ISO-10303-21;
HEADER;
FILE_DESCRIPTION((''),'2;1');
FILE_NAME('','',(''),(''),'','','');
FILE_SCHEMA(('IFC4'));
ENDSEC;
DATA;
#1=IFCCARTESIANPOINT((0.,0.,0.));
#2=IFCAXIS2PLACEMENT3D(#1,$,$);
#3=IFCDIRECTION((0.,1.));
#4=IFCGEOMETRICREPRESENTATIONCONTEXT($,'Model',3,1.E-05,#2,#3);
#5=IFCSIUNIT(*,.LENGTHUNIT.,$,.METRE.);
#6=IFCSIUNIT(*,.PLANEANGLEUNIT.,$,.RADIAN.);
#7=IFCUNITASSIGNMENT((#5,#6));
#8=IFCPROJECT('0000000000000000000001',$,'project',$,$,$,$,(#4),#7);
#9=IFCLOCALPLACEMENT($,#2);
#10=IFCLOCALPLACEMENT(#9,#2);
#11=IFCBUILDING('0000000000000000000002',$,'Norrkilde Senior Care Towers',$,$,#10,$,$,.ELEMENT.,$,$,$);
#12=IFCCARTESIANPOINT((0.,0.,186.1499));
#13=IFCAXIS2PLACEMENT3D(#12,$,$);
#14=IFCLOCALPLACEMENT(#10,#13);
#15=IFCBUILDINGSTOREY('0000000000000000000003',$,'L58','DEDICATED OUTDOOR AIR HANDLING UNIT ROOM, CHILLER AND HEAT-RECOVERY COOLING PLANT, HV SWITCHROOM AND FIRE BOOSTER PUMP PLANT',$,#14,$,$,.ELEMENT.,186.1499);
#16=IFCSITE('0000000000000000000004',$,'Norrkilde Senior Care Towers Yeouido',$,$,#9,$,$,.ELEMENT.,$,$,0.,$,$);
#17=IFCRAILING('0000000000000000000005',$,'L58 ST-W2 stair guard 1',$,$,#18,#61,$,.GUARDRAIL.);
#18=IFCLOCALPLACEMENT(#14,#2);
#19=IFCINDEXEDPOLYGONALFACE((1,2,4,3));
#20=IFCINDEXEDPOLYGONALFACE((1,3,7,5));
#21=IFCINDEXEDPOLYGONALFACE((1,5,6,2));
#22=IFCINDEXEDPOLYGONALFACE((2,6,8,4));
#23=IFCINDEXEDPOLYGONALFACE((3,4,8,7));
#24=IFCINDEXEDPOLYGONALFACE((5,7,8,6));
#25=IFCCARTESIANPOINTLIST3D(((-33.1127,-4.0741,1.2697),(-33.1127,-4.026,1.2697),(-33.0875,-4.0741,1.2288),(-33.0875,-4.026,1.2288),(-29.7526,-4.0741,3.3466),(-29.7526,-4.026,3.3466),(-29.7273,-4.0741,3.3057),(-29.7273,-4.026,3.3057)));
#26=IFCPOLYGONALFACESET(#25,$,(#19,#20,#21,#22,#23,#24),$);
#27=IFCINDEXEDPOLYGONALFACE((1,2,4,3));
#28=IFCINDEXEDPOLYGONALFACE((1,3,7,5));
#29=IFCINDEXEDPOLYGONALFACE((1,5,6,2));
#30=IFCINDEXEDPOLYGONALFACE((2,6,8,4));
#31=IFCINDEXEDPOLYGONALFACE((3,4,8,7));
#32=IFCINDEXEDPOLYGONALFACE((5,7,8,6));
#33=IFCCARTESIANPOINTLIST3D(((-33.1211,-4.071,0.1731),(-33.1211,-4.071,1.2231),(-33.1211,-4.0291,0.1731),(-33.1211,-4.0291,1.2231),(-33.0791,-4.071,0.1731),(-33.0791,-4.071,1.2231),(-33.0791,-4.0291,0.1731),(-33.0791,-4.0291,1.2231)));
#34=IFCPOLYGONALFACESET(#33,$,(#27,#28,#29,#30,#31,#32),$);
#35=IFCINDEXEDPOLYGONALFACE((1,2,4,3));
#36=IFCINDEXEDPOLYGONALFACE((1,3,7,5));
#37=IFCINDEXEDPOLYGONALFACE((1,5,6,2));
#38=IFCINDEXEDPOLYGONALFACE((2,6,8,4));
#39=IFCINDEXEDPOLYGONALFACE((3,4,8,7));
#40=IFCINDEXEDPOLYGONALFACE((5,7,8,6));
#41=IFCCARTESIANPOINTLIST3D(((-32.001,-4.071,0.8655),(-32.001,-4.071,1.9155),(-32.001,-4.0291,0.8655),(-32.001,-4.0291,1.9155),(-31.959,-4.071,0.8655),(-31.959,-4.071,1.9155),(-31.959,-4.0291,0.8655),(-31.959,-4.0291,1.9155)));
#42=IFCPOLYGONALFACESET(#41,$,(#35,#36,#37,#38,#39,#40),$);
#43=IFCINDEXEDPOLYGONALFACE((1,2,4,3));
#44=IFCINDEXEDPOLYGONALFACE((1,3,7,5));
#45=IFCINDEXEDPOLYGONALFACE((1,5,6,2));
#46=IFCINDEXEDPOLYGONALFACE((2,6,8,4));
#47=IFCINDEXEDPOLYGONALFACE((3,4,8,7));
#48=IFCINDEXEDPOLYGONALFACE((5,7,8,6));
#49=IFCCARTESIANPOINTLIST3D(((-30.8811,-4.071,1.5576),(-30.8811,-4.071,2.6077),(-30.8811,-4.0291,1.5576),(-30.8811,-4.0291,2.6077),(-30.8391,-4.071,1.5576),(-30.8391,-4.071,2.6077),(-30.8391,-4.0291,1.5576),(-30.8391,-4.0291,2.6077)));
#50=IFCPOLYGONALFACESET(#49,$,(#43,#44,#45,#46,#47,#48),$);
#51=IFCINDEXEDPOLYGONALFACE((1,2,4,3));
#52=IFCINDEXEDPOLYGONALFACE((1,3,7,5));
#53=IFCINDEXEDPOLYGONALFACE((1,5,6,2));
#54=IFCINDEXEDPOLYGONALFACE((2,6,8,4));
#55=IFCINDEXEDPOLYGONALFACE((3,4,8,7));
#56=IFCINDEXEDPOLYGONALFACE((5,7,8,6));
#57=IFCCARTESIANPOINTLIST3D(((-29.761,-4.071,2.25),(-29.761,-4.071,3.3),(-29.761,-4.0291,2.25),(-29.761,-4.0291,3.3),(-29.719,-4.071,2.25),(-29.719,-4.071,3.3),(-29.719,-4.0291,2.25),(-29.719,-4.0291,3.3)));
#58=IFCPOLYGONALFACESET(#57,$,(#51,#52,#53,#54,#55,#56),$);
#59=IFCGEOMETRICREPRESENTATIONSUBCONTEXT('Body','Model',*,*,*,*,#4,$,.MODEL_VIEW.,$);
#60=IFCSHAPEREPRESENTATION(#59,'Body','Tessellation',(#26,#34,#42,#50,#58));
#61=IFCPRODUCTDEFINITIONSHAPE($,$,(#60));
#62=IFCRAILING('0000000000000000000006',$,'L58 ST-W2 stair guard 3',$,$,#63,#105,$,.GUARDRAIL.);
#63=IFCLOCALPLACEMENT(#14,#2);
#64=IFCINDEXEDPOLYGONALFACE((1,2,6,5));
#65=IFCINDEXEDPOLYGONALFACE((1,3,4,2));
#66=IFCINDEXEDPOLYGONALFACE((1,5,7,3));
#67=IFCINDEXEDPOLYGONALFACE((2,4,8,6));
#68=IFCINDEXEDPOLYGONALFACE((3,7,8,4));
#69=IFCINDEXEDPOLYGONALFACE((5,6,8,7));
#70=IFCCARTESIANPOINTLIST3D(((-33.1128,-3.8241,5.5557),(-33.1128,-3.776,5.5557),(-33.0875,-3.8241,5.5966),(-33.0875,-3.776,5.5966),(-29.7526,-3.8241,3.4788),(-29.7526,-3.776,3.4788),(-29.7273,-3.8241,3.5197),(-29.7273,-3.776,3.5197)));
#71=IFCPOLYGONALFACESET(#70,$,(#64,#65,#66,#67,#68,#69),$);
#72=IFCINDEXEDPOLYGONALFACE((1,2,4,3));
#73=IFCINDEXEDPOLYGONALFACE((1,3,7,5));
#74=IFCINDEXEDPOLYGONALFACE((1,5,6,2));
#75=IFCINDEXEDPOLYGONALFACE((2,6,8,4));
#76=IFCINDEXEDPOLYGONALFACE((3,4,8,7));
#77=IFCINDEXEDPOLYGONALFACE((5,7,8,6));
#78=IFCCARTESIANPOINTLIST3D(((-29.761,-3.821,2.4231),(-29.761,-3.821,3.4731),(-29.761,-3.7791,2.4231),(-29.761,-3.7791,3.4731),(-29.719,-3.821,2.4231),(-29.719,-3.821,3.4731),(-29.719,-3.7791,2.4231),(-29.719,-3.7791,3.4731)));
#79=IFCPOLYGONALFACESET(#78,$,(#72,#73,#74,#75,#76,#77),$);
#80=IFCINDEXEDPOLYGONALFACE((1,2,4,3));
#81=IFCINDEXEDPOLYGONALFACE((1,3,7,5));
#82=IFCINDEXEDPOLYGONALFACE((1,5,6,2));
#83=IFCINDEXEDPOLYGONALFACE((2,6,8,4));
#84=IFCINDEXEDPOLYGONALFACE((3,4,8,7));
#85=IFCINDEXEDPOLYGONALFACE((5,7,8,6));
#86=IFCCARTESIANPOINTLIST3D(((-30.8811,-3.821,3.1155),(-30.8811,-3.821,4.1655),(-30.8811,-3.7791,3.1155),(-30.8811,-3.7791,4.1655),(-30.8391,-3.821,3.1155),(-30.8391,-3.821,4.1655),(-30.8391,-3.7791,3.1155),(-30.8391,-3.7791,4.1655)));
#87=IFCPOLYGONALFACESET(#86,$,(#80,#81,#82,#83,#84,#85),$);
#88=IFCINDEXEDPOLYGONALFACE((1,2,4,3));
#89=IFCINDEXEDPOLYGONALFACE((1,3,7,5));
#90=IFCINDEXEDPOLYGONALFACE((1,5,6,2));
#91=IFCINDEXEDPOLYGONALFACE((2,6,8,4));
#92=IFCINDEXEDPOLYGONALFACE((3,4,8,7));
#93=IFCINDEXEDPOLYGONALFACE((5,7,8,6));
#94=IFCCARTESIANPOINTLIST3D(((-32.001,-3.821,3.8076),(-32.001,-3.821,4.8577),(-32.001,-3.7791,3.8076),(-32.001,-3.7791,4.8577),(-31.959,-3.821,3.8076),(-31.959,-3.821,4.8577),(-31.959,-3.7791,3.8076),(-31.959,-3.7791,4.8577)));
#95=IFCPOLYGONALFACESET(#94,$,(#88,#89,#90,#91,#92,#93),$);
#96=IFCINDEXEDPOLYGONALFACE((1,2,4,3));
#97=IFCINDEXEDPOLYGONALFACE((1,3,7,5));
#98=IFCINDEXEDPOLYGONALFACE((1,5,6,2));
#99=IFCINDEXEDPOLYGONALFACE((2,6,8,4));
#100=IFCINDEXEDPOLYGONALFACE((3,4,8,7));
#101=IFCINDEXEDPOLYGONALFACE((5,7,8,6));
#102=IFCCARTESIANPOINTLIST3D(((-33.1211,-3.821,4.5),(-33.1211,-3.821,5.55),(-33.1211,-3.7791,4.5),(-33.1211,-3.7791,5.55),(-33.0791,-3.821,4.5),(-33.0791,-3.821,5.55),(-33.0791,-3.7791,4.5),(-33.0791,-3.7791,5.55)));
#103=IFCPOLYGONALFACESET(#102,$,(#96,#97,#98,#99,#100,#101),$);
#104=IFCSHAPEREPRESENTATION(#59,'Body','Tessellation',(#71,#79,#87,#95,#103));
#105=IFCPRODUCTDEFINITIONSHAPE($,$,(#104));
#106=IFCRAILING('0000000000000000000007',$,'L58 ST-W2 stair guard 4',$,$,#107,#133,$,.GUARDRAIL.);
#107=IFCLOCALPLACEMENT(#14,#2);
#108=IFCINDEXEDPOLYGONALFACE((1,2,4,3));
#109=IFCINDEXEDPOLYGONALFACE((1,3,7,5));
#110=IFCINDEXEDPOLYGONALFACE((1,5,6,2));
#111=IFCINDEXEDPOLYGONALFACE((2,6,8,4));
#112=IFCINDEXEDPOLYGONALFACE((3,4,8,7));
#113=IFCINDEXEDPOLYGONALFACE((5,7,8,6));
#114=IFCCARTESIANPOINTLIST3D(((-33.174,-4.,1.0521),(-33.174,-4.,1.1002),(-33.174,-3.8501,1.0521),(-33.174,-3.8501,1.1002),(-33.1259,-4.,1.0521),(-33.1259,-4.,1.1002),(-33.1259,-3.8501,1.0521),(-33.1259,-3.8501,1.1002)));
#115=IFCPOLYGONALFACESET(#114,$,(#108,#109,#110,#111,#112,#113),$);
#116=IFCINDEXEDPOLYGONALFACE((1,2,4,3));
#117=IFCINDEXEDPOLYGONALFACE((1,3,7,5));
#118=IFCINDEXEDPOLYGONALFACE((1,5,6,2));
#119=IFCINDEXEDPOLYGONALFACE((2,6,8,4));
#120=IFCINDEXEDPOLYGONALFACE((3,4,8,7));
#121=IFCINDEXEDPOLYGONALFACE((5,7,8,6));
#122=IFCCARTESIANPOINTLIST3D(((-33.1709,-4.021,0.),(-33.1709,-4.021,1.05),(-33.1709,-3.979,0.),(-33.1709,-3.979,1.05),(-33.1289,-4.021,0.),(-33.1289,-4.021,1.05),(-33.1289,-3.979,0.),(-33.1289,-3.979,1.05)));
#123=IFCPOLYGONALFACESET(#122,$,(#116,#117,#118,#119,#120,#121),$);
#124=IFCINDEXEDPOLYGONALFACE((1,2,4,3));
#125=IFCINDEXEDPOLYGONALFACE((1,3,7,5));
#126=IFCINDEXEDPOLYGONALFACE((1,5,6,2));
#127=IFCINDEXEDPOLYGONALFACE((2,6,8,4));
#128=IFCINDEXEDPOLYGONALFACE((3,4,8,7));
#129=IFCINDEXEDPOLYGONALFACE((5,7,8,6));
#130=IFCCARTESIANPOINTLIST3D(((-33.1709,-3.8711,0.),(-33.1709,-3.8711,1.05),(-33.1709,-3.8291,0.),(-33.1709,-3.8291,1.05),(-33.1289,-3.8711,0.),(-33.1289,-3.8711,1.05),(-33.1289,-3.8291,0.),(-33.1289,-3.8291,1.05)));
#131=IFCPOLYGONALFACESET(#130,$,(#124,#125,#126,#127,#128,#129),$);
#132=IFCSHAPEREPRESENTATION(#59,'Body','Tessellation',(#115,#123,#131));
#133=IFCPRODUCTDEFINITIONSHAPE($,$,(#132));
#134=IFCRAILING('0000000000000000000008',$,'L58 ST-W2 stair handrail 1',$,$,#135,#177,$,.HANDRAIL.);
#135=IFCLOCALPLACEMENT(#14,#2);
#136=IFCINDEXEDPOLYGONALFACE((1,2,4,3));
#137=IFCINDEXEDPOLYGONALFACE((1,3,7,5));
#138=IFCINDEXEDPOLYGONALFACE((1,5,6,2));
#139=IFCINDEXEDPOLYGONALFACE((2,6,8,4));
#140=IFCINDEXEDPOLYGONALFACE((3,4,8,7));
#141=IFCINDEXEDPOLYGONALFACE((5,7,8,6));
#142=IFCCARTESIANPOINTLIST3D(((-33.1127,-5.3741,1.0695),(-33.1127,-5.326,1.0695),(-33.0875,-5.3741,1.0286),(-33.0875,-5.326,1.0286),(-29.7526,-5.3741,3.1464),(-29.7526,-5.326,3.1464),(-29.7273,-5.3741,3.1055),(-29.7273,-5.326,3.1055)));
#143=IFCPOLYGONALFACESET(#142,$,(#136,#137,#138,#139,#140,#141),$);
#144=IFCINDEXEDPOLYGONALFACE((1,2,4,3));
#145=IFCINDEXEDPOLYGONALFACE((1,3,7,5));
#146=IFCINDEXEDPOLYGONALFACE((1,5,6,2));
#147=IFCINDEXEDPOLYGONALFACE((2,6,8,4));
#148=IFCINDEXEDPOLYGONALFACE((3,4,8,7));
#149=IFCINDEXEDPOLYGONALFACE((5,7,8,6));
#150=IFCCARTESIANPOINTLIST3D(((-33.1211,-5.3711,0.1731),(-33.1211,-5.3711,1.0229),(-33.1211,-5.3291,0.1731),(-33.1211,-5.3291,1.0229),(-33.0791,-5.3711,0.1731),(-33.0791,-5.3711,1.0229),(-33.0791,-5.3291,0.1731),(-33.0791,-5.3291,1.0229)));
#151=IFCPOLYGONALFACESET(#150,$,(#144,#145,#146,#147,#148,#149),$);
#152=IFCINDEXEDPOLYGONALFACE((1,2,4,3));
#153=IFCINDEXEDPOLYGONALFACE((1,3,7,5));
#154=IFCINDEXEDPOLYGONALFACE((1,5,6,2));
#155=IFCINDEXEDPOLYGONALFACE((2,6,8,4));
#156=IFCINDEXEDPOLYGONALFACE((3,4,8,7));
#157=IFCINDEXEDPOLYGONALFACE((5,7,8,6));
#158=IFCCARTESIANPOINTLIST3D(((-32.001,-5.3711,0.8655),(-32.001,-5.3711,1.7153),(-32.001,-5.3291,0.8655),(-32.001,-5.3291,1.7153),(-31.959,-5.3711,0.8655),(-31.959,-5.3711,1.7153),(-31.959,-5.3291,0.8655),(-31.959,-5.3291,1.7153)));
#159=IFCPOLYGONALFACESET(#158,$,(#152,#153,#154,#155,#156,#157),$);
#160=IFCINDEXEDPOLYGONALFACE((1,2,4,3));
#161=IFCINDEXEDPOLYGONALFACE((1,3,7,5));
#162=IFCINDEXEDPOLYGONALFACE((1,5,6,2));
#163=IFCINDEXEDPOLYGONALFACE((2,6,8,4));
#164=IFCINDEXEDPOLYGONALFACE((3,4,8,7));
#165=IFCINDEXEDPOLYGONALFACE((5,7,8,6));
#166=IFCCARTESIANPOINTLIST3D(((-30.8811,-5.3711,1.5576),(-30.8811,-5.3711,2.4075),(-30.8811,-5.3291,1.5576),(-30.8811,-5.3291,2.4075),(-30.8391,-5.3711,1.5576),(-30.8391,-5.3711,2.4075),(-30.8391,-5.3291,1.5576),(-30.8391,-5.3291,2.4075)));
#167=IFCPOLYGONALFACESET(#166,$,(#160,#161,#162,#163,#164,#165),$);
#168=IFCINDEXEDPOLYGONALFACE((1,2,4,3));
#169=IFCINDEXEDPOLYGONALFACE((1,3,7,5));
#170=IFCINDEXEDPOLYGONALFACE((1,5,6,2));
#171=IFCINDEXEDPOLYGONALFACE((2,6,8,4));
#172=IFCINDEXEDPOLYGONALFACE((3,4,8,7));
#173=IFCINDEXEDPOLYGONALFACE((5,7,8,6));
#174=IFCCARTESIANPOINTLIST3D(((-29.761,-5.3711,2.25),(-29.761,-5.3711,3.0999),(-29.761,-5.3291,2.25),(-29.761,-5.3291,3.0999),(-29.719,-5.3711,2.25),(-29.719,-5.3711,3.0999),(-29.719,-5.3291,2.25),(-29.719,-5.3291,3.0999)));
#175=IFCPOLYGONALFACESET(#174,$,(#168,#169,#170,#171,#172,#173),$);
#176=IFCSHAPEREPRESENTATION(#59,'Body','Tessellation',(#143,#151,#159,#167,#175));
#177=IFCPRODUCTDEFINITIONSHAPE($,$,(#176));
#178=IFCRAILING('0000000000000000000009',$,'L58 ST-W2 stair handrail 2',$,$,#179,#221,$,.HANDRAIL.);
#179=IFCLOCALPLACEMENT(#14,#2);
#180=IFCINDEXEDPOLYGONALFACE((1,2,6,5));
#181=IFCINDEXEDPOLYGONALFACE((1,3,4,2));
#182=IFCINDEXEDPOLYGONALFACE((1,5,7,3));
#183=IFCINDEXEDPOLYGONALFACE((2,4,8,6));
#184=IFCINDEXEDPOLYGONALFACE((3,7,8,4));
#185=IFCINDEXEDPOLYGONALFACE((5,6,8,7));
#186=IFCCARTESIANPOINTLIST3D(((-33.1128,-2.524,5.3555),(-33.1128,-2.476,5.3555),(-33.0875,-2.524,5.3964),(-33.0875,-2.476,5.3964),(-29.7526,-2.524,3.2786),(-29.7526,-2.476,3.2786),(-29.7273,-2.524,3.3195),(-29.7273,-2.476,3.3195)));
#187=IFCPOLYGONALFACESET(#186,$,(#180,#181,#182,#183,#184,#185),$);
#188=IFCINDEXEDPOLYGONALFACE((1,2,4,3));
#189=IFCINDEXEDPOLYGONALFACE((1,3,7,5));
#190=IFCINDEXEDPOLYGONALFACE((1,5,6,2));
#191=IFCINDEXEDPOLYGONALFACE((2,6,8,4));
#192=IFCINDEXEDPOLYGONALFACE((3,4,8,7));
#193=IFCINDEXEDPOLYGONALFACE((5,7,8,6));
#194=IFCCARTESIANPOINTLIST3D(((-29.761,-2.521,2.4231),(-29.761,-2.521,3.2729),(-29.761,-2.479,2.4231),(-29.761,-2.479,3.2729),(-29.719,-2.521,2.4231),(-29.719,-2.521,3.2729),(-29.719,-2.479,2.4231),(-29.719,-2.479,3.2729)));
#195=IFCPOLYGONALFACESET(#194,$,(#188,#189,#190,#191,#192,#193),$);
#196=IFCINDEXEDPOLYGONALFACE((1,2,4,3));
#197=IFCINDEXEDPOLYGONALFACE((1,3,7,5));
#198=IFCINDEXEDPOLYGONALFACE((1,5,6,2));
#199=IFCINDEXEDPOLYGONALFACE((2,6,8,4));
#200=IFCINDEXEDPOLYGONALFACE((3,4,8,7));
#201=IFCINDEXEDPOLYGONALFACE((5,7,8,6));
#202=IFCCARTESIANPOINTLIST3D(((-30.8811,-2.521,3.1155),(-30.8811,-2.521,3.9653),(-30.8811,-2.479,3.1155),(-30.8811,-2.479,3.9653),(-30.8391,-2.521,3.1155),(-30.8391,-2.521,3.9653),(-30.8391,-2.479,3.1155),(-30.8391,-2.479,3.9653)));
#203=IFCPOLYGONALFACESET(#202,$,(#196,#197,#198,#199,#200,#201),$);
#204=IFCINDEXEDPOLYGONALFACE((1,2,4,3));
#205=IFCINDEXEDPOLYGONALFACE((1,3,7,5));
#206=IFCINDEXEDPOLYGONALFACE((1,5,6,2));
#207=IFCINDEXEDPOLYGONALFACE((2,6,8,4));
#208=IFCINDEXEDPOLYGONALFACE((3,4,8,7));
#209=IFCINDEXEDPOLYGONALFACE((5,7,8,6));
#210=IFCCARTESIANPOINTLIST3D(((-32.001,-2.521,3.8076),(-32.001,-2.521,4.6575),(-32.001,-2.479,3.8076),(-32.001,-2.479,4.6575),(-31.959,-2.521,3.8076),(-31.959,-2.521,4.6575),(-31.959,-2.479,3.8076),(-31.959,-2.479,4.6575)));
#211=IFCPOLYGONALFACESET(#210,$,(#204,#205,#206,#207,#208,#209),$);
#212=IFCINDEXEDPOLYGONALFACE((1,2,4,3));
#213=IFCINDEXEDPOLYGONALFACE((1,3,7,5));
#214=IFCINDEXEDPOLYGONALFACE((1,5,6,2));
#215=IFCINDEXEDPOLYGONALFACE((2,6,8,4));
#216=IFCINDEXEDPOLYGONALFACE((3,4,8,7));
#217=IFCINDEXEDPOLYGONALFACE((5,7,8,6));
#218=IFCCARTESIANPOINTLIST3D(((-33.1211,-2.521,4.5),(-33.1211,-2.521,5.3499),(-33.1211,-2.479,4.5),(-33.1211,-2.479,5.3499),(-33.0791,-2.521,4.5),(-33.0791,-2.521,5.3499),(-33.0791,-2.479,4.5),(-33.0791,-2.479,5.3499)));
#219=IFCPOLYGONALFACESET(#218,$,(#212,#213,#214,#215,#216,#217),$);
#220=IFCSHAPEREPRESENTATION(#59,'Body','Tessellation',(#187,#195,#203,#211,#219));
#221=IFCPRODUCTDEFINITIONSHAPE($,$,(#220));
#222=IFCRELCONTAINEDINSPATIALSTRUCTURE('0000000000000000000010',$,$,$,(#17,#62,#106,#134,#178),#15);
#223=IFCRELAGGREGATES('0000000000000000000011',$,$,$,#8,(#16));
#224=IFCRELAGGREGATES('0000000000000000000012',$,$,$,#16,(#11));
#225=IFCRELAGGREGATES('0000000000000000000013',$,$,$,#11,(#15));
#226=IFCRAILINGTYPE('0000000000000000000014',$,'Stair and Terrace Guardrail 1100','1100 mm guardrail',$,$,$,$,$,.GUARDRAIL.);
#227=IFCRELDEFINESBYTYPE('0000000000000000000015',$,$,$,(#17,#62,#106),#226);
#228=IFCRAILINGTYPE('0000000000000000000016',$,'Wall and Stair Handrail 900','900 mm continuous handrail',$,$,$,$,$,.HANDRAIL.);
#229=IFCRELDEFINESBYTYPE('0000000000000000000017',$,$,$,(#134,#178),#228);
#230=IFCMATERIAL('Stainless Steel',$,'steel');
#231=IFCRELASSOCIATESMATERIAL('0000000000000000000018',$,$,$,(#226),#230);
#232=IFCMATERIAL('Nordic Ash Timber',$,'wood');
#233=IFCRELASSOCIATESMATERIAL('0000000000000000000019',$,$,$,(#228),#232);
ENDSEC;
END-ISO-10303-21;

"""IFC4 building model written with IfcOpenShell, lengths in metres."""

from ifc_helpers import new_model, si_unit, direction, frame, origin, origin_2d, place, context, subcontext, project, spatial, rectangle, extrude, material, type_object, element, save


model = new_model("IFC4")

# Units and contexts
model_context = context("Model", 3, precision=1e-05, world=origin(), true_north=direction((0.0, 1.0)))
body_context = subcontext(model_context, "Body", "Model", "MODEL_VIEW")
ifc_project = project(units=[si_unit("LENGTHUNIT", "METRE"), si_unit("PLANEANGLEUNIT", "RADIAN")], contexts=[model_context])

# Site, building, storey
site_placement = place(None, origin())
site = spatial("IfcSite", under=ifc_project, at=site_placement, Name="Norrkilde Senior Care Towers Yeouido", CompositionType="ELEMENT", RefElevation=0.0)
building_placement = place(site_placement, origin())
building = spatial("IfcBuilding", under=site, at=building_placement, Name="Norrkilde Senior Care Towers", CompositionType="ELEMENT")
storey_placement = place(building_placement, frame((0.0, 0.0, 186.1499)))
storey = spatial("IfcBuildingStorey", under=building, at=storey_placement, Name="L58", Description="DEDICATED OUTDOOR AIR HANDLING UNIT ROOM, CHILLER AND HEAT-RECOVERY COOLING PLANT, HV SWITCHROOM AND FIRE BOOSTER PUMP PLANT", CompositionType="ELEMENT", Elevation=186.1499)

# Railings
ifc_material_1 = material(Name="Stainless Steel", Category="steel")
railing_type_1 = type_object("IfcRailingType", Name="Stair and Terrace Guardrail 1100", Description="1100 mm guardrail", PredefinedType="GUARDRAIL", material=ifc_material_1)
railing_1_placement = place(storey_placement, frame((-33.1001, -4.05, 0.1731)))
element("IfcRailing", 1, at=railing_1_placement, inside=storey, type_object=railing_type_1, Name="L58 ST-W2 stair guard 1", PredefinedType="GUARDRAIL", context=body_context, shape_type="SweptSolid", body=[
    extrude(rectangle(XDim=0.0481, YDim=0.0481, at=origin_2d()), frame((0.0, 0.0, 1.0762), z_axis=(0.850623, 0.0, 0.525776), x_axis=(0.0, 1.0, 0.0)), (0.0, 0.0, 1.0), 3.9502),
    extrude(rectangle(XDim=0.042, YDim=0.042, at=origin_2d()), origin(), (0.0, 0.0, 1.0), 1.05),
    extrude(rectangle(XDim=0.042, YDim=0.042, at=origin_2d()), frame((1.1201, 0.0, 0.6924)), (0.0, 0.0, 1.0), 1.05),
    extrude(rectangle(XDim=0.042, YDim=0.042, at=origin_2d()), frame((2.24, 0.0, 1.3845)), (0.0, 0.0, 1.0), 1.05),
    extrude(rectangle(XDim=0.042, YDim=0.042, at=origin_2d()), frame((3.3601, 0.0, 2.0769)), (0.0, 0.0, 1.0), 1.05),
])
railing_2_placement = place(storey_placement, frame((-29.74, -3.8, 2.4231)))
element("IfcRailing", 2, at=railing_2_placement, inside=storey, type_object=railing_type_1, Name="L58 ST-W2 stair guard 3", PredefinedType="GUARDRAIL", context=body_context, shape_type="SweptSolid", body=[
    extrude(rectangle(XDim=0.0481, YDim=0.0481, at=origin_2d()), frame((0.0, 0.0, 1.0762), z_axis=(-0.850623, 0.0, 0.525776), x_axis=(0.0, -1.0, 0.0)), (0.0, 0.0, 1.0), 3.9502),
    extrude(rectangle(XDim=0.042, YDim=0.042, at=origin_2d()), origin(), (0.0, 0.0, 1.0), 1.05),
    extrude(rectangle(XDim=0.042, YDim=0.042, at=origin_2d()), frame((-1.1201, 0.0, 0.6924)), (0.0, 0.0, 1.0), 1.05),
    extrude(rectangle(XDim=0.042, YDim=0.042, at=origin_2d()), frame((-2.24, 0.0, 1.3845)), (0.0, 0.0, 1.0), 1.05),
    extrude(rectangle(XDim=0.042, YDim=0.042, at=origin_2d()), frame((-3.3601, 0.0, 2.0769)), (0.0, 0.0, 1.0), 1.05),
])
railing_3_placement = place(storey_placement, frame((-33.1499, -4.0, 0.0)))
element("IfcRailing", 3, at=railing_3_placement, inside=storey, type_object=railing_type_1, Name="L58 ST-W2 stair guard 4", PredefinedType="GUARDRAIL", context=body_context, shape_type="SweptSolid", body=[
    extrude(rectangle(XDim=0.0481, YDim=0.0481, at=origin_2d()), frame((0.0, 0.0, 1.0762), z_axis=(0.0, 1.0, 0.0), x_axis=(-1.0, 0.0, 0.0)), (0.0, 0.0, 1.0), 0.1499),
    extrude(rectangle(XDim=0.042, YDim=0.042, at=origin_2d()), origin(), (0.0, 0.0, 1.0), 1.05),
    extrude(rectangle(XDim=0.042, YDim=0.042, at=origin_2d()), frame((0.0, 0.1499, 0.0)), (0.0, 0.0, 1.0), 1.05),
])
ifc_material_2 = material(Name="Nordic Ash Timber", Category="wood")
railing_type_2 = type_object("IfcRailingType", Name="Wall and Stair Handrail 900", Description="900 mm continuous handrail", PredefinedType="HANDRAIL", material=ifc_material_2)
railing_4_placement = place(storey_placement, frame((-33.1001, -5.3501, 0.1731)))
element("IfcRailing", 4, at=railing_4_placement, inside=storey, type_object=railing_type_2, Name="L58 ST-W2 stair handrail 1", PredefinedType="HANDRAIL", context=body_context, shape_type="SweptSolid", body=[
    extrude(rectangle(XDim=0.0481, YDim=0.0481, at=origin_2d()), frame((0.0, 0.0, 0.876), z_axis=(0.850623, 0.0, 0.525776), x_axis=(0.0, 1.0, 0.0)), (0.0, 0.0, 1.0), 3.9502),
    extrude(rectangle(XDim=0.042, YDim=0.042, at=origin_2d()), origin(), (0.0, 0.0, 1.0), 0.8499),
    extrude(rectangle(XDim=0.042, YDim=0.042, at=origin_2d()), frame((1.1201, 0.0, 0.6924)), (0.0, 0.0, 1.0), 0.8499),
    extrude(rectangle(XDim=0.042, YDim=0.042, at=origin_2d()), frame((2.24, 0.0, 1.3845)), (0.0, 0.0, 1.0), 0.8499),
    extrude(rectangle(XDim=0.042, YDim=0.042, at=origin_2d()), frame((3.3601, 0.0, 2.0769)), (0.0, 0.0, 1.0), 0.8499),
])
railing_5_placement = place(storey_placement, frame((-29.74, -2.5, 2.4231)))
element("IfcRailing", 5, at=railing_5_placement, inside=storey, type_object=railing_type_2, Name="L58 ST-W2 stair handrail 2", PredefinedType="HANDRAIL", context=body_context, shape_type="SweptSolid", body=[
    extrude(rectangle(XDim=0.0481, YDim=0.0481, at=origin_2d()), frame((0.0, 0.0, 0.876), z_axis=(-0.850623, 0.0, 0.525776), x_axis=(0.0, -1.0, 0.0)), (0.0, 0.0, 1.0), 3.9502),
    extrude(rectangle(XDim=0.042, YDim=0.042, at=origin_2d()), origin(), (0.0, 0.0, 1.0), 0.8499),
    extrude(rectangle(XDim=0.042, YDim=0.042, at=origin_2d()), frame((-1.1201, 0.0, 0.6924)), (0.0, 0.0, 1.0), 0.8499),
    extrude(rectangle(XDim=0.042, YDim=0.042, at=origin_2d()), frame((-2.24, 0.0, 1.3845)), (0.0, 0.0, 1.0), 0.8499),
    extrude(rectangle(XDim=0.042, YDim=0.042, at=origin_2d()), frame((-3.3601, 0.0, 2.0769)), (0.0, 0.0, 1.0), 0.8499),
])

save(model, "model.ifc")
